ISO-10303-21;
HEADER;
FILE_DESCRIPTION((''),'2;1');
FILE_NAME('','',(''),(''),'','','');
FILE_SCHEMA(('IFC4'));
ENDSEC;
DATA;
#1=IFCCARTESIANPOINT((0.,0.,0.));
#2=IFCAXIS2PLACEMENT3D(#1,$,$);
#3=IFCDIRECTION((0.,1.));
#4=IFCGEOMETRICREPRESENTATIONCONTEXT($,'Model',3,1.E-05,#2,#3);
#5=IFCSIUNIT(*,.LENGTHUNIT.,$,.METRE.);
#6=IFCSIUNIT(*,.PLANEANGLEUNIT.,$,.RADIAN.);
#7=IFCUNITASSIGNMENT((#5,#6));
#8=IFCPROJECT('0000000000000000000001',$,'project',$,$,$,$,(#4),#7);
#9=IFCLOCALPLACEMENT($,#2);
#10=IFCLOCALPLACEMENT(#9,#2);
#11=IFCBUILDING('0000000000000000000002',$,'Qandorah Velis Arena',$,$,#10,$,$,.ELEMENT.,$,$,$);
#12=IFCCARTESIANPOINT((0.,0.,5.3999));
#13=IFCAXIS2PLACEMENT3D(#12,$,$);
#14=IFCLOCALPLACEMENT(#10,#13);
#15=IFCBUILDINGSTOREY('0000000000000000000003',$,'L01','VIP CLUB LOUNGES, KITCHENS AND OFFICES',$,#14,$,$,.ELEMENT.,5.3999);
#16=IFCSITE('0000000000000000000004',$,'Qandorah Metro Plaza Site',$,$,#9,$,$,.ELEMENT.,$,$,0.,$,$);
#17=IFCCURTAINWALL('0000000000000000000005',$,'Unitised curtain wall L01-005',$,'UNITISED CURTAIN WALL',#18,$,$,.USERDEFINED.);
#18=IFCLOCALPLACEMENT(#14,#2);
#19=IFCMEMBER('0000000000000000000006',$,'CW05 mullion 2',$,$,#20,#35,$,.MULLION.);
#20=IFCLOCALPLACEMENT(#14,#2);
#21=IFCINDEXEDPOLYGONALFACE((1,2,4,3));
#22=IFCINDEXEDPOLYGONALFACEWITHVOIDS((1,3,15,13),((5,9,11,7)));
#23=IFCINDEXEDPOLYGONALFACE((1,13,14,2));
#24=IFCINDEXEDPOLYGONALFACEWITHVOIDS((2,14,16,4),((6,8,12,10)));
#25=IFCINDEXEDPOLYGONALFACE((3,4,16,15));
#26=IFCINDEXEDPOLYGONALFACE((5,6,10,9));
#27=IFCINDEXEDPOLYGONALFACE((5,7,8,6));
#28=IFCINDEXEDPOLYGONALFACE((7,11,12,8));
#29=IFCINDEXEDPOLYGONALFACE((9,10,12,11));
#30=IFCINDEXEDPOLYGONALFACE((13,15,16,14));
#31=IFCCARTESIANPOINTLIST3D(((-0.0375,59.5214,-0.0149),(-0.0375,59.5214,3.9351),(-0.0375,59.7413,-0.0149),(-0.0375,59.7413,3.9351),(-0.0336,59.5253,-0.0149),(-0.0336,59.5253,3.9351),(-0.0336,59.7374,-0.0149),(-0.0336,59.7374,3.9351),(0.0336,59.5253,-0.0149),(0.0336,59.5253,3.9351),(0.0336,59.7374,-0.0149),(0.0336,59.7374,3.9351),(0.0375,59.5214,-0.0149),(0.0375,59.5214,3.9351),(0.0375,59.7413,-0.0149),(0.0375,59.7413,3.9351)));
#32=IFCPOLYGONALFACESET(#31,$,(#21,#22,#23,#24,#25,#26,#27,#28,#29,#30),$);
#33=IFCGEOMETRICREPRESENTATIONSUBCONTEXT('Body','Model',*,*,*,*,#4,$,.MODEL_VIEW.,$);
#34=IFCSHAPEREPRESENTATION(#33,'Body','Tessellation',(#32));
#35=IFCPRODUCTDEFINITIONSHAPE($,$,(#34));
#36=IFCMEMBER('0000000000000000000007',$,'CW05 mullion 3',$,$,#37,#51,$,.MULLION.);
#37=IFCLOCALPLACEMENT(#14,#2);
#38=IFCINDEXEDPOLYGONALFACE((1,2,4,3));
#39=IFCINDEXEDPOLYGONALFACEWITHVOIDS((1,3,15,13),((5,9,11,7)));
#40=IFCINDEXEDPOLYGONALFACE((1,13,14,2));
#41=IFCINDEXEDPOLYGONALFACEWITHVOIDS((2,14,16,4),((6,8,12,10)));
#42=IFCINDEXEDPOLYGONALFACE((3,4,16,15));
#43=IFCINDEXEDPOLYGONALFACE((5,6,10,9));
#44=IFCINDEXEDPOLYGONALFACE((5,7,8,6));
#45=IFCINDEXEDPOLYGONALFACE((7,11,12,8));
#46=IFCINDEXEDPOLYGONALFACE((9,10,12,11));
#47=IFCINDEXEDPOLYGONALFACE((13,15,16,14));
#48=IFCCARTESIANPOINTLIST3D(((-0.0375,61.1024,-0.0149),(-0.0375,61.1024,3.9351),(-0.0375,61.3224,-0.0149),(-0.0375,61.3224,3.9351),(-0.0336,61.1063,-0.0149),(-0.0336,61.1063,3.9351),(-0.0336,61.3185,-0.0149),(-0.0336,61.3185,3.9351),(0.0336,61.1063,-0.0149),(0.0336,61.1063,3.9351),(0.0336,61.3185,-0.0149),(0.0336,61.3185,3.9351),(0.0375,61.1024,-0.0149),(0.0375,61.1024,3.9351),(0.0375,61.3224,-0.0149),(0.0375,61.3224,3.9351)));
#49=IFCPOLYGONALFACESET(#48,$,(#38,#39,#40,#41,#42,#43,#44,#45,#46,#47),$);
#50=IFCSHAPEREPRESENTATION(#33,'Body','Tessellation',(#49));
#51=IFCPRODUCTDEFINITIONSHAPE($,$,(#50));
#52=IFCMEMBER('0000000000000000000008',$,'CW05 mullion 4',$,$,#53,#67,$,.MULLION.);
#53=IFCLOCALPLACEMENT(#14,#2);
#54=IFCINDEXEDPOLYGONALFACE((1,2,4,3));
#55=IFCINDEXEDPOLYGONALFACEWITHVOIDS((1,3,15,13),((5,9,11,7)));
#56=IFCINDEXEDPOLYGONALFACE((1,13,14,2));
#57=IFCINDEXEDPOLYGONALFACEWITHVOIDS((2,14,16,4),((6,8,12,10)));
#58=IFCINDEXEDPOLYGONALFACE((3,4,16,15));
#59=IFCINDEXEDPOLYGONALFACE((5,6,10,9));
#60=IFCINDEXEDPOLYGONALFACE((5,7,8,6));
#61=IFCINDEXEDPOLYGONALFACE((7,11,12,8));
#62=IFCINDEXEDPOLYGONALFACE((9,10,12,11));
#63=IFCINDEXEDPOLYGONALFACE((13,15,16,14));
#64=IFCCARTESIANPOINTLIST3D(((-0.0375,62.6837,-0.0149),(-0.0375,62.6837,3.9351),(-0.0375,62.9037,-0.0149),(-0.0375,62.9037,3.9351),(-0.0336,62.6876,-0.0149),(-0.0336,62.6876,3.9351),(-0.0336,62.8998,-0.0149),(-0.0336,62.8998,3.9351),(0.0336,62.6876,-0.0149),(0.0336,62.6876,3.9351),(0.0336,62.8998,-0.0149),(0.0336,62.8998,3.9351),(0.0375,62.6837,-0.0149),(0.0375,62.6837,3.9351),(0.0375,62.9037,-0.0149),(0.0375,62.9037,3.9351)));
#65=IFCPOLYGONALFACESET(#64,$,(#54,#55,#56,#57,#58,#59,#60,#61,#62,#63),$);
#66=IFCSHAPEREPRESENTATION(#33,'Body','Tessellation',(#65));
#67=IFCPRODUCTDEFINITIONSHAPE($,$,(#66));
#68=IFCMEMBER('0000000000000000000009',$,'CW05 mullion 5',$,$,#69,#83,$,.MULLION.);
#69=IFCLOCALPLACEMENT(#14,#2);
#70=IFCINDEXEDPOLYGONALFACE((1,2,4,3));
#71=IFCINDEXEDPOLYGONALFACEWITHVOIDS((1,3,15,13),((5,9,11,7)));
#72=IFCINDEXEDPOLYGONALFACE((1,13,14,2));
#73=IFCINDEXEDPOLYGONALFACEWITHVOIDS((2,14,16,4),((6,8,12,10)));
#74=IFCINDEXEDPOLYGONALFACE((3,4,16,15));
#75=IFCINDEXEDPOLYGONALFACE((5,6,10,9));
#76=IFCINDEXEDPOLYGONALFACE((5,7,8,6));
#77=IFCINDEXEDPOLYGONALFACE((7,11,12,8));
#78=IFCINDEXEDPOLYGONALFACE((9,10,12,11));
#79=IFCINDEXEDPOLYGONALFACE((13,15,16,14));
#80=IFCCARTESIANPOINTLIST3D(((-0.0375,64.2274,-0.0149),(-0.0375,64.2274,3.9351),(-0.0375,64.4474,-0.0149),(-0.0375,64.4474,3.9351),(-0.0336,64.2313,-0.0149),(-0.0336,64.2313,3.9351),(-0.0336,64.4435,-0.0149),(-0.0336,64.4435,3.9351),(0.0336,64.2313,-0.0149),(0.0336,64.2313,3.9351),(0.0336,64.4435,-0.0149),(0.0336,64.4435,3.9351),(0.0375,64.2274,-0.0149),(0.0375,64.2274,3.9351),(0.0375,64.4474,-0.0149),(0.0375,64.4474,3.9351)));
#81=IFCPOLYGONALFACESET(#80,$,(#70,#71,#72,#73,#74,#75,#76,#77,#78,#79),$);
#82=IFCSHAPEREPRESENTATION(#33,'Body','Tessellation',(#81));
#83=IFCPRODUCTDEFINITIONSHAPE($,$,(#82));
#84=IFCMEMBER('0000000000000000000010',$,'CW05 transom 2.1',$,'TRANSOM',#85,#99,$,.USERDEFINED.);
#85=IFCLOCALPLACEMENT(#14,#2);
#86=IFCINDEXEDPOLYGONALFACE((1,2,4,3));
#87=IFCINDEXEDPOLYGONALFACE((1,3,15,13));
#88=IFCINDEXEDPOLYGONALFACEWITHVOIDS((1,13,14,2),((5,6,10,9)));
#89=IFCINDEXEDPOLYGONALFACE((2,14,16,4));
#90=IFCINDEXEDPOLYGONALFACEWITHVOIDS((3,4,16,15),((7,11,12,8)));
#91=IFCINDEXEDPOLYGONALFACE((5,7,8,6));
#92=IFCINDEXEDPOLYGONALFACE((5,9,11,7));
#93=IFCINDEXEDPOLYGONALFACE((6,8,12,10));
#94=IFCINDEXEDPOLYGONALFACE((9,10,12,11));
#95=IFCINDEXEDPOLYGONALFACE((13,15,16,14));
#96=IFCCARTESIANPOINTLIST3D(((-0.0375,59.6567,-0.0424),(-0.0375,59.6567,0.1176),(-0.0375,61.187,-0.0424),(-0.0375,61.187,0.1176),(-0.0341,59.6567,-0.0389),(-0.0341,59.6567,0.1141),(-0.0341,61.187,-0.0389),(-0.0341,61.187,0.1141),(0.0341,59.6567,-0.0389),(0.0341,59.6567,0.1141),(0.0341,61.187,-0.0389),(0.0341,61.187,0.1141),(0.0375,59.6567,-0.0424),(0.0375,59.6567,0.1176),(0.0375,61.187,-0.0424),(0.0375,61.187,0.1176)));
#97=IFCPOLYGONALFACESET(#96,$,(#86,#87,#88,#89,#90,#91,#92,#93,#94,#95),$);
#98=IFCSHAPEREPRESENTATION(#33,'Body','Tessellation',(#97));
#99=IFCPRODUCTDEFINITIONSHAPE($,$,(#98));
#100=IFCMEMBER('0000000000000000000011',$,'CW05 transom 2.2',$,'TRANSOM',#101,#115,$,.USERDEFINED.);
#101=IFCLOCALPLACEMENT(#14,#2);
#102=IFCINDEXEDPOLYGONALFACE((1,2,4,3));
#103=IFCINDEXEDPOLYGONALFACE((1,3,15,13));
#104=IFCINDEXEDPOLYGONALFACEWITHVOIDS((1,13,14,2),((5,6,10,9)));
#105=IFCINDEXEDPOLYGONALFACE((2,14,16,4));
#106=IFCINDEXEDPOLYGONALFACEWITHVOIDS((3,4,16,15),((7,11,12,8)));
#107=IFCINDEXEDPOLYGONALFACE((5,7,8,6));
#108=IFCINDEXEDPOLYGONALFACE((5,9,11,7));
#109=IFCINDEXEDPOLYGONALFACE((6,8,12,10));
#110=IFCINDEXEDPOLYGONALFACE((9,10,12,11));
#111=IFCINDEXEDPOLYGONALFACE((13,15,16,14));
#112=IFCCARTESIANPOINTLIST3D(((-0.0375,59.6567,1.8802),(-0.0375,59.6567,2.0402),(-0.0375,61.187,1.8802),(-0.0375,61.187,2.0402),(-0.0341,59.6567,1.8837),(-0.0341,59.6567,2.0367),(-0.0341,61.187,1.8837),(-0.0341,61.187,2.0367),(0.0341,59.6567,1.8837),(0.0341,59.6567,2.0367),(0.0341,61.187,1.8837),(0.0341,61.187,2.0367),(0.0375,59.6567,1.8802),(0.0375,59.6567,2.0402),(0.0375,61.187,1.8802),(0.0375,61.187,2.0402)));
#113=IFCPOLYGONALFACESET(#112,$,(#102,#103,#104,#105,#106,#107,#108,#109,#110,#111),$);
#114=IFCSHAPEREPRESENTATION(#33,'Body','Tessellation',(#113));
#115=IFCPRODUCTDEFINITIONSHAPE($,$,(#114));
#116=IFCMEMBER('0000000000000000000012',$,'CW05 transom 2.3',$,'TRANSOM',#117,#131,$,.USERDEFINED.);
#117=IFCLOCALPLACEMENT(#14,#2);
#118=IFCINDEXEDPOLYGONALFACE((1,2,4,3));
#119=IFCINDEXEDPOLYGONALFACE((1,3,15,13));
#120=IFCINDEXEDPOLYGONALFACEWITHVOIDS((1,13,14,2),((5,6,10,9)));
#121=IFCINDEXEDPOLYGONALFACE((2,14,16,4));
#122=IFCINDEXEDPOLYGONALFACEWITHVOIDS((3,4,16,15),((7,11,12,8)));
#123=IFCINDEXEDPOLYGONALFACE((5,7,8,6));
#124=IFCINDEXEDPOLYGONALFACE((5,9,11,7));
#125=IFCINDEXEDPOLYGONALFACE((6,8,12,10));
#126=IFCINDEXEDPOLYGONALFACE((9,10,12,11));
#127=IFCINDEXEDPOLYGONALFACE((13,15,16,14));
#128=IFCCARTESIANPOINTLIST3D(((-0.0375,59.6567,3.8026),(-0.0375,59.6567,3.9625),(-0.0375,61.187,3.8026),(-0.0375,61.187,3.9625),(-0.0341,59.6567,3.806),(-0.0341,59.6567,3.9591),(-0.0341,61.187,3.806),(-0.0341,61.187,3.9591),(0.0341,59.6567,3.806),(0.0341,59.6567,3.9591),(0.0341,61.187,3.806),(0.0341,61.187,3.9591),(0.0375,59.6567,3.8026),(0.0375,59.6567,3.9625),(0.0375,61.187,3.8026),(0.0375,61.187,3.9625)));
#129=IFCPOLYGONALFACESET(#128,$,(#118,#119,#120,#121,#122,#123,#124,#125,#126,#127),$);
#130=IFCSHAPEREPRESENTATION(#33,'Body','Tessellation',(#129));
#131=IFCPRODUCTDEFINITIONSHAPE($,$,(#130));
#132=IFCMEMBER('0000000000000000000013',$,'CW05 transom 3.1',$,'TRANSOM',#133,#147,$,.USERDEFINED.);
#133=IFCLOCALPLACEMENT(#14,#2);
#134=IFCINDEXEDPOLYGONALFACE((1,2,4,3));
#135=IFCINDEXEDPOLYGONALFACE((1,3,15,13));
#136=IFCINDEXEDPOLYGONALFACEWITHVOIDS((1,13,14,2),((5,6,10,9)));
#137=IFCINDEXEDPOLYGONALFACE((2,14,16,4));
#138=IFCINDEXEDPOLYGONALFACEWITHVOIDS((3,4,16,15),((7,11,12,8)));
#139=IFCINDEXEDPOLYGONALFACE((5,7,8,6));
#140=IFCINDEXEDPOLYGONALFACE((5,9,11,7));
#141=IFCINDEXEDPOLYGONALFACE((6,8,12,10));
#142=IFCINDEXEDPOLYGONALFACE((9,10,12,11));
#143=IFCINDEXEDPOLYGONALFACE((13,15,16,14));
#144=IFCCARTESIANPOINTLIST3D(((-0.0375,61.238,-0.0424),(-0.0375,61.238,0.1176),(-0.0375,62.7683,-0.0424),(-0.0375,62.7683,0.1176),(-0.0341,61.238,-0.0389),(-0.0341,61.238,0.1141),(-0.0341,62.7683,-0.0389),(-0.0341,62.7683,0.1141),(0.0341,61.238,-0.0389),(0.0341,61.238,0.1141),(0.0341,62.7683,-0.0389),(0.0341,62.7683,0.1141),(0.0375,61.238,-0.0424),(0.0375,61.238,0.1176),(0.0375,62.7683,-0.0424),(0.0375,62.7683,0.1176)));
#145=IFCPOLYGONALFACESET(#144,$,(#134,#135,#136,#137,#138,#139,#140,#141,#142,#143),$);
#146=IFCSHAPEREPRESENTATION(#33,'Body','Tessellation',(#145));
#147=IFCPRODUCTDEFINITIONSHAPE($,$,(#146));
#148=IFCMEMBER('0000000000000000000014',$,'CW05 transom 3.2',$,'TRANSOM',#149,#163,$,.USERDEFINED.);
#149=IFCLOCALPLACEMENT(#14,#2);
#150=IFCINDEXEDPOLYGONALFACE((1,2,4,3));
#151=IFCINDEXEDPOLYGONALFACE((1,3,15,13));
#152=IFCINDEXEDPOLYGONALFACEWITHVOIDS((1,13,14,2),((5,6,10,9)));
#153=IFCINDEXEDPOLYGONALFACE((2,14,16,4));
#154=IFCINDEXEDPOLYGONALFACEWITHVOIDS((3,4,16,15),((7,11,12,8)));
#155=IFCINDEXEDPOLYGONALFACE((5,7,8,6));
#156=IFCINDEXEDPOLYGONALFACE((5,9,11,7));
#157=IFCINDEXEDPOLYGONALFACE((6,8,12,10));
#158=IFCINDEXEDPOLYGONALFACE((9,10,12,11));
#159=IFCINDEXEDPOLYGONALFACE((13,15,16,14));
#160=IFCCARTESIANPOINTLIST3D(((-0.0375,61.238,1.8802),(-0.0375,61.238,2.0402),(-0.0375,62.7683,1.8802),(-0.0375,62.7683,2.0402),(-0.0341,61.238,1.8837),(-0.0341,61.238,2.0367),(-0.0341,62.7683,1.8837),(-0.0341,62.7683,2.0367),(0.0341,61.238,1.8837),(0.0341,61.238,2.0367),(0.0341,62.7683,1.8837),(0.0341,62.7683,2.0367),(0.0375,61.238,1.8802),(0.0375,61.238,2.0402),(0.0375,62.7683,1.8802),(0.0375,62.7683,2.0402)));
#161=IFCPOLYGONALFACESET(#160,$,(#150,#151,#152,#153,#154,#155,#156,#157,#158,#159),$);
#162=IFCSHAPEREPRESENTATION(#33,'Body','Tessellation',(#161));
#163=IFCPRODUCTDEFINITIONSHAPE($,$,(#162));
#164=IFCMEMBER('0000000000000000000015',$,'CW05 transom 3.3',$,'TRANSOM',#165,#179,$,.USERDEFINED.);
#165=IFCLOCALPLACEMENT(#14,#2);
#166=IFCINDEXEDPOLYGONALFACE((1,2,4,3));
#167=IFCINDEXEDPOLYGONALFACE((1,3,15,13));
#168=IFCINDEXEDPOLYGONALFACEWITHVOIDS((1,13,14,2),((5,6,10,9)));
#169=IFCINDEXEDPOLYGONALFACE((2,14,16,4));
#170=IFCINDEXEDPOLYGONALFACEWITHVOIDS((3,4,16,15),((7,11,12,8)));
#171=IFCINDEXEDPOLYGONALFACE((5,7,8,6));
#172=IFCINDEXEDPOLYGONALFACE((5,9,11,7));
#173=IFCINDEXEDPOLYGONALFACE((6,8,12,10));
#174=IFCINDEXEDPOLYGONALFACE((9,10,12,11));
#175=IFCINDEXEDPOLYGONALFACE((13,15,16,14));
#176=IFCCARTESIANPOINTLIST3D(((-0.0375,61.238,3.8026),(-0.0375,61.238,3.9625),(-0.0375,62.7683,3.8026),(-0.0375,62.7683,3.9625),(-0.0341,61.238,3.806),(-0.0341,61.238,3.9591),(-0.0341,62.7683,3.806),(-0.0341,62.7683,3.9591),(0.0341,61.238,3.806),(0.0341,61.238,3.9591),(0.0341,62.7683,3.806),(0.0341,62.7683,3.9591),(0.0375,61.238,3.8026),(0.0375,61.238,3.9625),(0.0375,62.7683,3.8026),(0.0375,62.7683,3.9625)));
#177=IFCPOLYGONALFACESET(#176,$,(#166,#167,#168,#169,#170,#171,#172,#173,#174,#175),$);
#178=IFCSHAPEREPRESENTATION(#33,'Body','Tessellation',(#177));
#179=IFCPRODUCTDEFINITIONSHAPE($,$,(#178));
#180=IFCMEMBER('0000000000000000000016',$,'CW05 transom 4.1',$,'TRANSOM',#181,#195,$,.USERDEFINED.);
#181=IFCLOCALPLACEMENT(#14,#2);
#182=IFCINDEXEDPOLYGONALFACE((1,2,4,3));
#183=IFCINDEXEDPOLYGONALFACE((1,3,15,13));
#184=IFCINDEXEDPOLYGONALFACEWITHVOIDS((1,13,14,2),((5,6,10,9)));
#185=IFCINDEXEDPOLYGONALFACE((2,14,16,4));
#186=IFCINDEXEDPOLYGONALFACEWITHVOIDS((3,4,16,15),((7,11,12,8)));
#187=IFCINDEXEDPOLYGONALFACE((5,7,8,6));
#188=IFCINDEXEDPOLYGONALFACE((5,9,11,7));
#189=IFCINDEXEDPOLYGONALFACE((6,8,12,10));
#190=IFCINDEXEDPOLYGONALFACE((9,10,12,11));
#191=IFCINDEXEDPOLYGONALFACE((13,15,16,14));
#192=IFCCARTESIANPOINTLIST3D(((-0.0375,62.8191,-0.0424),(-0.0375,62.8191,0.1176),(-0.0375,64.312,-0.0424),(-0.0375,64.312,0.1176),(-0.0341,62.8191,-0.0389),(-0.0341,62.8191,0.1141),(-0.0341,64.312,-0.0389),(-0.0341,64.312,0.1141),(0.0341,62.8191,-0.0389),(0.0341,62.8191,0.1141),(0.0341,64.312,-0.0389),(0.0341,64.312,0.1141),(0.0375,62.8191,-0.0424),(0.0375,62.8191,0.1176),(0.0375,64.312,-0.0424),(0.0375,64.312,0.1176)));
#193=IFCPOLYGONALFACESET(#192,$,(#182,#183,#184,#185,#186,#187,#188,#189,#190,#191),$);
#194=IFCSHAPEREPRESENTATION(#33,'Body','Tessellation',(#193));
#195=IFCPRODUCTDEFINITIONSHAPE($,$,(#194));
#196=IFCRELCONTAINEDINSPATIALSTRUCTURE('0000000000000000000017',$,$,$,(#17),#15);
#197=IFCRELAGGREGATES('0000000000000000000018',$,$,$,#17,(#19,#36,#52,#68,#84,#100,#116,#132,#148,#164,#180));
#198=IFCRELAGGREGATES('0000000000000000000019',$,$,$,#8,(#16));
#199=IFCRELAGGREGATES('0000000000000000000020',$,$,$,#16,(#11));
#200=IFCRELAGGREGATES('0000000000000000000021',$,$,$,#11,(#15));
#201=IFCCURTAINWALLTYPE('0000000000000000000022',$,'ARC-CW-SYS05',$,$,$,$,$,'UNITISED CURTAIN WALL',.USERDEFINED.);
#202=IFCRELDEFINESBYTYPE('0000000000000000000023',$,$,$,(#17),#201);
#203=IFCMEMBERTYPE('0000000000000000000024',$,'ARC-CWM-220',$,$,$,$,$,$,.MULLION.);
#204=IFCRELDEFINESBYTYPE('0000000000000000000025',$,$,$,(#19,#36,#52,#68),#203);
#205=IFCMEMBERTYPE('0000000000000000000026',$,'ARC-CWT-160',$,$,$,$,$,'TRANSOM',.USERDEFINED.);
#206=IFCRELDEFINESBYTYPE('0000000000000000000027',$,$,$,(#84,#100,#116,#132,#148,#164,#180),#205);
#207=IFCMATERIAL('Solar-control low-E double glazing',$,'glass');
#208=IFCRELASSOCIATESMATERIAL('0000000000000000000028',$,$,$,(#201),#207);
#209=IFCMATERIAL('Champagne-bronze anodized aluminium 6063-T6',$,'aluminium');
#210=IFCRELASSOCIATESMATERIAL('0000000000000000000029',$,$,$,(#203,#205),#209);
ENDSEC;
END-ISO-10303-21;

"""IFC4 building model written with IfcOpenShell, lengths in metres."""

from ifc_helpers import new_model, si_unit, direction, frame, origin, origin_2d, place, context, subcontext, project, spatial, hollow_rectangle, extrude, material, material_profile, profile_set, type_object, element, aggregate, save


model = new_model("IFC4")

# Units and contexts
model_context = context("Model", 3, precision=1e-05, world=origin(), true_north=direction((0.0, 1.0)))
body_context = subcontext(model_context, "Body", "Model", "MODEL_VIEW")
ifc_project = project(units=[si_unit("LENGTHUNIT", "METRE"), si_unit("PLANEANGLEUNIT", "RADIAN")], contexts=[model_context])

# Site, building, storey
site_placement = place(None, origin())
site = spatial("IfcSite", under=ifc_project, at=site_placement, Name="Qandorah Metro Plaza Site", CompositionType="ELEMENT", RefElevation=0.0)
building_placement = place(site_placement, origin())
building = spatial("IfcBuilding", under=site, at=building_placement, Name="Qandorah Velis Arena", CompositionType="ELEMENT")
storey_placement = place(building_placement, frame((0.0, 0.0, 5.3999)))
storey = spatial("IfcBuildingStorey", under=building, at=storey_placement, Name="L01", Description="VIP CLUB LOUNGES, KITCHENS AND OFFICES", CompositionType="ELEMENT", Elevation=5.3999)

# Curtain wall, members
ifc_material_1 = material(Name="Solar-control low-E double glazing", Category="glass")
curtain_wall_type = type_object("IfcCurtainWallType", Name="ARC-CW-SYS05", ElementType="UNITISED CURTAIN WALL", PredefinedType="USERDEFINED", material=ifc_material_1)
curtain_wall_placement = place(storey_placement, origin())
curtain_wall = element("IfcCurtainWall", 1, at=curtain_wall_placement, inside=storey, type_object=curtain_wall_type, Name="Unitised curtain wall L01-005", ObjectType="UNITISED CURTAIN WALL", PredefinedType="USERDEFINED")
ifc_material_2 = material(Name="Champagne-bronze anodized aluminium 6063-T6", Category="aluminium")
ifc_material_profile_1 = material_profile(ifc_material_2, hollow_rectangle(XDim=0.075, YDim=0.22, WallThickness=0.0039, at=origin_2d()), Name="ALU MULLION 75x220")
ifc_profile_set_1 = profile_set([ifc_material_profile_1], Name="Champagne-bronze anodized aluminium 6063-T6")
member_type_1 = type_object("IfcMemberType", Name="ARC-CWM-220", PredefinedType="MULLION", material=ifc_profile_set_1)
member_1_placement = place(storey_placement, frame((0.0, 59.6313, -0.0149), z_axis=(0.0, 0.0, 1.0), x_axis=(-1.0, 0.0, 0.0)))
member_1 = element("IfcMember", 2, at=member_1_placement, type_object=member_type_1, Name="CW05 mullion 2", PredefinedType="MULLION", context=body_context, shape_type="SweptSolid", body=[
    extrude(hollow_rectangle(XDim=0.075, YDim=0.22, WallThickness=0.0039, at=origin_2d()), origin(), (0.0, 0.0, 1.0), 3.95),
])
member_2_placement = place(storey_placement, frame((0.0, 61.2124, -0.0149), z_axis=(0.0, 0.0, 1.0), x_axis=(-1.0, 0.0, 0.0)))
member_2 = element("IfcMember", 3, at=member_2_placement, type_object=member_type_1, Name="CW05 mullion 3", PredefinedType="MULLION", context=body_context, shape_type="SweptSolid", body=[
    extrude(hollow_rectangle(XDim=0.075, YDim=0.22, WallThickness=0.0039, at=origin_2d()), origin(), (0.0, 0.0, 1.0), 3.95),
])
member_3_placement = place(storey_placement, frame((0.0, 62.7937, -0.0149), z_axis=(0.0, 0.0, 1.0), x_axis=(-1.0, 0.0, 0.0)))
member_3 = element("IfcMember", 4, at=member_3_placement, type_object=member_type_1, Name="CW05 mullion 4", PredefinedType="MULLION", context=body_context, shape_type="SweptSolid", body=[
    extrude(hollow_rectangle(XDim=0.075, YDim=0.22, WallThickness=0.0039, at=origin_2d()), origin(), (0.0, 0.0, 1.0), 3.95),
])
member_4_placement = place(storey_placement, frame((0.0, 64.3374, -0.0149), z_axis=(0.0, 0.0, 1.0), x_axis=(-1.0, 0.0, 0.0)))
member_4 = element("IfcMember", 5, at=member_4_placement, type_object=member_type_1, Name="CW05 mullion 5", PredefinedType="MULLION", context=body_context, shape_type="SweptSolid", body=[
    extrude(hollow_rectangle(XDim=0.075, YDim=0.22, WallThickness=0.0039, at=origin_2d()), origin(), (0.0, 0.0, 1.0), 3.95),
])
ifc_material_profile_2 = material_profile(ifc_material_2, hollow_rectangle(XDim=0.075, YDim=0.1599, WallThickness=0.0034, at=origin_2d()), Name="ALU TRANSOM 75x160")
ifc_profile_set_2 = profile_set([ifc_material_profile_2], Name="Champagne-bronze anodized aluminium 6063-T6")
member_type_2 = type_object("IfcMemberType", Name="ARC-CWT-160", ElementType="TRANSOM", PredefinedType="USERDEFINED", material=ifc_profile_set_2)
member_5_placement = place(storey_placement, frame((0.0, 59.6567, 0.0376), z_axis=(0.0, 1.0, 0.0), x_axis=(-1.0, 0.0, 0.0)))
member_5 = element("IfcMember", 6, at=member_5_placement, type_object=member_type_2, Name="CW05 transom 2.1", ObjectType="TRANSOM", PredefinedType="USERDEFINED", context=body_context, shape_type="SweptSolid", body=[
    extrude(hollow_rectangle(XDim=0.075, YDim=0.1599, WallThickness=0.0034, at=origin_2d()), origin(), (0.0, 0.0, 1.0), 1.5303),
])
member_6_placement = place(storey_placement, frame((0.0, 59.6567, 1.9602), z_axis=(0.0, 1.0, 0.0), x_axis=(-1.0, 0.0, 0.0)))
member_6 = element("IfcMember", 7, at=member_6_placement, type_object=member_type_2, Name="CW05 transom 2.2", ObjectType="TRANSOM", PredefinedType="USERDEFINED", context=body_context, shape_type="SweptSolid", body=[
    extrude(hollow_rectangle(XDim=0.075, YDim=0.1599, WallThickness=0.0034, at=origin_2d()), origin(), (0.0, 0.0, 1.0), 1.5303),
])
member_7_placement = place(storey_placement, frame((0.0, 59.6567, 3.8826), z_axis=(0.0, 1.0, 0.0), x_axis=(-1.0, 0.0, 0.0)))
member_7 = element("IfcMember", 8, at=member_7_placement, type_object=member_type_2, Name="CW05 transom 2.3", ObjectType="TRANSOM", PredefinedType="USERDEFINED", context=body_context, shape_type="SweptSolid", body=[
    extrude(hollow_rectangle(XDim=0.075, YDim=0.1599, WallThickness=0.0034, at=origin_2d()), origin(), (0.0, 0.0, 1.0), 1.5303),
])
member_8_placement = place(storey_placement, frame((0.0, 61.238, 0.0376), z_axis=(0.0, 1.0, 0.0), x_axis=(-1.0, 0.0, 0.0)))
member_8 = element("IfcMember", 9, at=member_8_placement, type_object=member_type_2, Name="CW05 transom 3.1", ObjectType="TRANSOM", PredefinedType="USERDEFINED", context=body_context, shape_type="SweptSolid", body=[
    extrude(hollow_rectangle(XDim=0.075, YDim=0.1599, WallThickness=0.0034, at=origin_2d()), origin(), (0.0, 0.0, 1.0), 1.5303),
])
member_9_placement = place(storey_placement, frame((0.0, 61.238, 1.9602), z_axis=(0.0, 1.0, 0.0), x_axis=(-1.0, 0.0, 0.0)))
member_9 = element("IfcMember", 10, at=member_9_placement, type_object=member_type_2, Name="CW05 transom 3.2", ObjectType="TRANSOM", PredefinedType="USERDEFINED", context=body_context, shape_type="SweptSolid", body=[
    extrude(hollow_rectangle(XDim=0.075, YDim=0.1599, WallThickness=0.0034, at=origin_2d()), origin(), (0.0, 0.0, 1.0), 1.5303),
])
member_10_placement = place(storey_placement, frame((0.0, 61.238, 3.8826), z_axis=(0.0, 1.0, 0.0), x_axis=(-1.0, 0.0, 0.0)))
member_10 = element("IfcMember", 11, at=member_10_placement, type_object=member_type_2, Name="CW05 transom 3.3", ObjectType="TRANSOM", PredefinedType="USERDEFINED", context=body_context, shape_type="SweptSolid", body=[
    extrude(hollow_rectangle(XDim=0.075, YDim=0.1599, WallThickness=0.0034, at=origin_2d()), origin(), (0.0, 0.0, 1.0), 1.5303),
])
member_11_placement = place(storey_placement, frame((0.0, 62.8191, 0.0376), z_axis=(0.0, 1.0, 0.0), x_axis=(-1.0, 0.0, 0.0)))
member_11 = element("IfcMember", 12, at=member_11_placement, type_object=member_type_2, Name="CW05 transom 4.1", ObjectType="TRANSOM", PredefinedType="USERDEFINED", context=body_context, shape_type="SweptSolid", body=[
    extrude(hollow_rectangle(XDim=0.075, YDim=0.1599, WallThickness=0.0034, at=origin_2d()), origin(), (0.0, 0.0, 1.0), 1.4929),
])
aggregate(curtain_wall, [member_1, member_2, member_3, member_4, member_5, member_6, member_7, member_8, member_9, member_10, member_11])

save(model, "model.ifc")
